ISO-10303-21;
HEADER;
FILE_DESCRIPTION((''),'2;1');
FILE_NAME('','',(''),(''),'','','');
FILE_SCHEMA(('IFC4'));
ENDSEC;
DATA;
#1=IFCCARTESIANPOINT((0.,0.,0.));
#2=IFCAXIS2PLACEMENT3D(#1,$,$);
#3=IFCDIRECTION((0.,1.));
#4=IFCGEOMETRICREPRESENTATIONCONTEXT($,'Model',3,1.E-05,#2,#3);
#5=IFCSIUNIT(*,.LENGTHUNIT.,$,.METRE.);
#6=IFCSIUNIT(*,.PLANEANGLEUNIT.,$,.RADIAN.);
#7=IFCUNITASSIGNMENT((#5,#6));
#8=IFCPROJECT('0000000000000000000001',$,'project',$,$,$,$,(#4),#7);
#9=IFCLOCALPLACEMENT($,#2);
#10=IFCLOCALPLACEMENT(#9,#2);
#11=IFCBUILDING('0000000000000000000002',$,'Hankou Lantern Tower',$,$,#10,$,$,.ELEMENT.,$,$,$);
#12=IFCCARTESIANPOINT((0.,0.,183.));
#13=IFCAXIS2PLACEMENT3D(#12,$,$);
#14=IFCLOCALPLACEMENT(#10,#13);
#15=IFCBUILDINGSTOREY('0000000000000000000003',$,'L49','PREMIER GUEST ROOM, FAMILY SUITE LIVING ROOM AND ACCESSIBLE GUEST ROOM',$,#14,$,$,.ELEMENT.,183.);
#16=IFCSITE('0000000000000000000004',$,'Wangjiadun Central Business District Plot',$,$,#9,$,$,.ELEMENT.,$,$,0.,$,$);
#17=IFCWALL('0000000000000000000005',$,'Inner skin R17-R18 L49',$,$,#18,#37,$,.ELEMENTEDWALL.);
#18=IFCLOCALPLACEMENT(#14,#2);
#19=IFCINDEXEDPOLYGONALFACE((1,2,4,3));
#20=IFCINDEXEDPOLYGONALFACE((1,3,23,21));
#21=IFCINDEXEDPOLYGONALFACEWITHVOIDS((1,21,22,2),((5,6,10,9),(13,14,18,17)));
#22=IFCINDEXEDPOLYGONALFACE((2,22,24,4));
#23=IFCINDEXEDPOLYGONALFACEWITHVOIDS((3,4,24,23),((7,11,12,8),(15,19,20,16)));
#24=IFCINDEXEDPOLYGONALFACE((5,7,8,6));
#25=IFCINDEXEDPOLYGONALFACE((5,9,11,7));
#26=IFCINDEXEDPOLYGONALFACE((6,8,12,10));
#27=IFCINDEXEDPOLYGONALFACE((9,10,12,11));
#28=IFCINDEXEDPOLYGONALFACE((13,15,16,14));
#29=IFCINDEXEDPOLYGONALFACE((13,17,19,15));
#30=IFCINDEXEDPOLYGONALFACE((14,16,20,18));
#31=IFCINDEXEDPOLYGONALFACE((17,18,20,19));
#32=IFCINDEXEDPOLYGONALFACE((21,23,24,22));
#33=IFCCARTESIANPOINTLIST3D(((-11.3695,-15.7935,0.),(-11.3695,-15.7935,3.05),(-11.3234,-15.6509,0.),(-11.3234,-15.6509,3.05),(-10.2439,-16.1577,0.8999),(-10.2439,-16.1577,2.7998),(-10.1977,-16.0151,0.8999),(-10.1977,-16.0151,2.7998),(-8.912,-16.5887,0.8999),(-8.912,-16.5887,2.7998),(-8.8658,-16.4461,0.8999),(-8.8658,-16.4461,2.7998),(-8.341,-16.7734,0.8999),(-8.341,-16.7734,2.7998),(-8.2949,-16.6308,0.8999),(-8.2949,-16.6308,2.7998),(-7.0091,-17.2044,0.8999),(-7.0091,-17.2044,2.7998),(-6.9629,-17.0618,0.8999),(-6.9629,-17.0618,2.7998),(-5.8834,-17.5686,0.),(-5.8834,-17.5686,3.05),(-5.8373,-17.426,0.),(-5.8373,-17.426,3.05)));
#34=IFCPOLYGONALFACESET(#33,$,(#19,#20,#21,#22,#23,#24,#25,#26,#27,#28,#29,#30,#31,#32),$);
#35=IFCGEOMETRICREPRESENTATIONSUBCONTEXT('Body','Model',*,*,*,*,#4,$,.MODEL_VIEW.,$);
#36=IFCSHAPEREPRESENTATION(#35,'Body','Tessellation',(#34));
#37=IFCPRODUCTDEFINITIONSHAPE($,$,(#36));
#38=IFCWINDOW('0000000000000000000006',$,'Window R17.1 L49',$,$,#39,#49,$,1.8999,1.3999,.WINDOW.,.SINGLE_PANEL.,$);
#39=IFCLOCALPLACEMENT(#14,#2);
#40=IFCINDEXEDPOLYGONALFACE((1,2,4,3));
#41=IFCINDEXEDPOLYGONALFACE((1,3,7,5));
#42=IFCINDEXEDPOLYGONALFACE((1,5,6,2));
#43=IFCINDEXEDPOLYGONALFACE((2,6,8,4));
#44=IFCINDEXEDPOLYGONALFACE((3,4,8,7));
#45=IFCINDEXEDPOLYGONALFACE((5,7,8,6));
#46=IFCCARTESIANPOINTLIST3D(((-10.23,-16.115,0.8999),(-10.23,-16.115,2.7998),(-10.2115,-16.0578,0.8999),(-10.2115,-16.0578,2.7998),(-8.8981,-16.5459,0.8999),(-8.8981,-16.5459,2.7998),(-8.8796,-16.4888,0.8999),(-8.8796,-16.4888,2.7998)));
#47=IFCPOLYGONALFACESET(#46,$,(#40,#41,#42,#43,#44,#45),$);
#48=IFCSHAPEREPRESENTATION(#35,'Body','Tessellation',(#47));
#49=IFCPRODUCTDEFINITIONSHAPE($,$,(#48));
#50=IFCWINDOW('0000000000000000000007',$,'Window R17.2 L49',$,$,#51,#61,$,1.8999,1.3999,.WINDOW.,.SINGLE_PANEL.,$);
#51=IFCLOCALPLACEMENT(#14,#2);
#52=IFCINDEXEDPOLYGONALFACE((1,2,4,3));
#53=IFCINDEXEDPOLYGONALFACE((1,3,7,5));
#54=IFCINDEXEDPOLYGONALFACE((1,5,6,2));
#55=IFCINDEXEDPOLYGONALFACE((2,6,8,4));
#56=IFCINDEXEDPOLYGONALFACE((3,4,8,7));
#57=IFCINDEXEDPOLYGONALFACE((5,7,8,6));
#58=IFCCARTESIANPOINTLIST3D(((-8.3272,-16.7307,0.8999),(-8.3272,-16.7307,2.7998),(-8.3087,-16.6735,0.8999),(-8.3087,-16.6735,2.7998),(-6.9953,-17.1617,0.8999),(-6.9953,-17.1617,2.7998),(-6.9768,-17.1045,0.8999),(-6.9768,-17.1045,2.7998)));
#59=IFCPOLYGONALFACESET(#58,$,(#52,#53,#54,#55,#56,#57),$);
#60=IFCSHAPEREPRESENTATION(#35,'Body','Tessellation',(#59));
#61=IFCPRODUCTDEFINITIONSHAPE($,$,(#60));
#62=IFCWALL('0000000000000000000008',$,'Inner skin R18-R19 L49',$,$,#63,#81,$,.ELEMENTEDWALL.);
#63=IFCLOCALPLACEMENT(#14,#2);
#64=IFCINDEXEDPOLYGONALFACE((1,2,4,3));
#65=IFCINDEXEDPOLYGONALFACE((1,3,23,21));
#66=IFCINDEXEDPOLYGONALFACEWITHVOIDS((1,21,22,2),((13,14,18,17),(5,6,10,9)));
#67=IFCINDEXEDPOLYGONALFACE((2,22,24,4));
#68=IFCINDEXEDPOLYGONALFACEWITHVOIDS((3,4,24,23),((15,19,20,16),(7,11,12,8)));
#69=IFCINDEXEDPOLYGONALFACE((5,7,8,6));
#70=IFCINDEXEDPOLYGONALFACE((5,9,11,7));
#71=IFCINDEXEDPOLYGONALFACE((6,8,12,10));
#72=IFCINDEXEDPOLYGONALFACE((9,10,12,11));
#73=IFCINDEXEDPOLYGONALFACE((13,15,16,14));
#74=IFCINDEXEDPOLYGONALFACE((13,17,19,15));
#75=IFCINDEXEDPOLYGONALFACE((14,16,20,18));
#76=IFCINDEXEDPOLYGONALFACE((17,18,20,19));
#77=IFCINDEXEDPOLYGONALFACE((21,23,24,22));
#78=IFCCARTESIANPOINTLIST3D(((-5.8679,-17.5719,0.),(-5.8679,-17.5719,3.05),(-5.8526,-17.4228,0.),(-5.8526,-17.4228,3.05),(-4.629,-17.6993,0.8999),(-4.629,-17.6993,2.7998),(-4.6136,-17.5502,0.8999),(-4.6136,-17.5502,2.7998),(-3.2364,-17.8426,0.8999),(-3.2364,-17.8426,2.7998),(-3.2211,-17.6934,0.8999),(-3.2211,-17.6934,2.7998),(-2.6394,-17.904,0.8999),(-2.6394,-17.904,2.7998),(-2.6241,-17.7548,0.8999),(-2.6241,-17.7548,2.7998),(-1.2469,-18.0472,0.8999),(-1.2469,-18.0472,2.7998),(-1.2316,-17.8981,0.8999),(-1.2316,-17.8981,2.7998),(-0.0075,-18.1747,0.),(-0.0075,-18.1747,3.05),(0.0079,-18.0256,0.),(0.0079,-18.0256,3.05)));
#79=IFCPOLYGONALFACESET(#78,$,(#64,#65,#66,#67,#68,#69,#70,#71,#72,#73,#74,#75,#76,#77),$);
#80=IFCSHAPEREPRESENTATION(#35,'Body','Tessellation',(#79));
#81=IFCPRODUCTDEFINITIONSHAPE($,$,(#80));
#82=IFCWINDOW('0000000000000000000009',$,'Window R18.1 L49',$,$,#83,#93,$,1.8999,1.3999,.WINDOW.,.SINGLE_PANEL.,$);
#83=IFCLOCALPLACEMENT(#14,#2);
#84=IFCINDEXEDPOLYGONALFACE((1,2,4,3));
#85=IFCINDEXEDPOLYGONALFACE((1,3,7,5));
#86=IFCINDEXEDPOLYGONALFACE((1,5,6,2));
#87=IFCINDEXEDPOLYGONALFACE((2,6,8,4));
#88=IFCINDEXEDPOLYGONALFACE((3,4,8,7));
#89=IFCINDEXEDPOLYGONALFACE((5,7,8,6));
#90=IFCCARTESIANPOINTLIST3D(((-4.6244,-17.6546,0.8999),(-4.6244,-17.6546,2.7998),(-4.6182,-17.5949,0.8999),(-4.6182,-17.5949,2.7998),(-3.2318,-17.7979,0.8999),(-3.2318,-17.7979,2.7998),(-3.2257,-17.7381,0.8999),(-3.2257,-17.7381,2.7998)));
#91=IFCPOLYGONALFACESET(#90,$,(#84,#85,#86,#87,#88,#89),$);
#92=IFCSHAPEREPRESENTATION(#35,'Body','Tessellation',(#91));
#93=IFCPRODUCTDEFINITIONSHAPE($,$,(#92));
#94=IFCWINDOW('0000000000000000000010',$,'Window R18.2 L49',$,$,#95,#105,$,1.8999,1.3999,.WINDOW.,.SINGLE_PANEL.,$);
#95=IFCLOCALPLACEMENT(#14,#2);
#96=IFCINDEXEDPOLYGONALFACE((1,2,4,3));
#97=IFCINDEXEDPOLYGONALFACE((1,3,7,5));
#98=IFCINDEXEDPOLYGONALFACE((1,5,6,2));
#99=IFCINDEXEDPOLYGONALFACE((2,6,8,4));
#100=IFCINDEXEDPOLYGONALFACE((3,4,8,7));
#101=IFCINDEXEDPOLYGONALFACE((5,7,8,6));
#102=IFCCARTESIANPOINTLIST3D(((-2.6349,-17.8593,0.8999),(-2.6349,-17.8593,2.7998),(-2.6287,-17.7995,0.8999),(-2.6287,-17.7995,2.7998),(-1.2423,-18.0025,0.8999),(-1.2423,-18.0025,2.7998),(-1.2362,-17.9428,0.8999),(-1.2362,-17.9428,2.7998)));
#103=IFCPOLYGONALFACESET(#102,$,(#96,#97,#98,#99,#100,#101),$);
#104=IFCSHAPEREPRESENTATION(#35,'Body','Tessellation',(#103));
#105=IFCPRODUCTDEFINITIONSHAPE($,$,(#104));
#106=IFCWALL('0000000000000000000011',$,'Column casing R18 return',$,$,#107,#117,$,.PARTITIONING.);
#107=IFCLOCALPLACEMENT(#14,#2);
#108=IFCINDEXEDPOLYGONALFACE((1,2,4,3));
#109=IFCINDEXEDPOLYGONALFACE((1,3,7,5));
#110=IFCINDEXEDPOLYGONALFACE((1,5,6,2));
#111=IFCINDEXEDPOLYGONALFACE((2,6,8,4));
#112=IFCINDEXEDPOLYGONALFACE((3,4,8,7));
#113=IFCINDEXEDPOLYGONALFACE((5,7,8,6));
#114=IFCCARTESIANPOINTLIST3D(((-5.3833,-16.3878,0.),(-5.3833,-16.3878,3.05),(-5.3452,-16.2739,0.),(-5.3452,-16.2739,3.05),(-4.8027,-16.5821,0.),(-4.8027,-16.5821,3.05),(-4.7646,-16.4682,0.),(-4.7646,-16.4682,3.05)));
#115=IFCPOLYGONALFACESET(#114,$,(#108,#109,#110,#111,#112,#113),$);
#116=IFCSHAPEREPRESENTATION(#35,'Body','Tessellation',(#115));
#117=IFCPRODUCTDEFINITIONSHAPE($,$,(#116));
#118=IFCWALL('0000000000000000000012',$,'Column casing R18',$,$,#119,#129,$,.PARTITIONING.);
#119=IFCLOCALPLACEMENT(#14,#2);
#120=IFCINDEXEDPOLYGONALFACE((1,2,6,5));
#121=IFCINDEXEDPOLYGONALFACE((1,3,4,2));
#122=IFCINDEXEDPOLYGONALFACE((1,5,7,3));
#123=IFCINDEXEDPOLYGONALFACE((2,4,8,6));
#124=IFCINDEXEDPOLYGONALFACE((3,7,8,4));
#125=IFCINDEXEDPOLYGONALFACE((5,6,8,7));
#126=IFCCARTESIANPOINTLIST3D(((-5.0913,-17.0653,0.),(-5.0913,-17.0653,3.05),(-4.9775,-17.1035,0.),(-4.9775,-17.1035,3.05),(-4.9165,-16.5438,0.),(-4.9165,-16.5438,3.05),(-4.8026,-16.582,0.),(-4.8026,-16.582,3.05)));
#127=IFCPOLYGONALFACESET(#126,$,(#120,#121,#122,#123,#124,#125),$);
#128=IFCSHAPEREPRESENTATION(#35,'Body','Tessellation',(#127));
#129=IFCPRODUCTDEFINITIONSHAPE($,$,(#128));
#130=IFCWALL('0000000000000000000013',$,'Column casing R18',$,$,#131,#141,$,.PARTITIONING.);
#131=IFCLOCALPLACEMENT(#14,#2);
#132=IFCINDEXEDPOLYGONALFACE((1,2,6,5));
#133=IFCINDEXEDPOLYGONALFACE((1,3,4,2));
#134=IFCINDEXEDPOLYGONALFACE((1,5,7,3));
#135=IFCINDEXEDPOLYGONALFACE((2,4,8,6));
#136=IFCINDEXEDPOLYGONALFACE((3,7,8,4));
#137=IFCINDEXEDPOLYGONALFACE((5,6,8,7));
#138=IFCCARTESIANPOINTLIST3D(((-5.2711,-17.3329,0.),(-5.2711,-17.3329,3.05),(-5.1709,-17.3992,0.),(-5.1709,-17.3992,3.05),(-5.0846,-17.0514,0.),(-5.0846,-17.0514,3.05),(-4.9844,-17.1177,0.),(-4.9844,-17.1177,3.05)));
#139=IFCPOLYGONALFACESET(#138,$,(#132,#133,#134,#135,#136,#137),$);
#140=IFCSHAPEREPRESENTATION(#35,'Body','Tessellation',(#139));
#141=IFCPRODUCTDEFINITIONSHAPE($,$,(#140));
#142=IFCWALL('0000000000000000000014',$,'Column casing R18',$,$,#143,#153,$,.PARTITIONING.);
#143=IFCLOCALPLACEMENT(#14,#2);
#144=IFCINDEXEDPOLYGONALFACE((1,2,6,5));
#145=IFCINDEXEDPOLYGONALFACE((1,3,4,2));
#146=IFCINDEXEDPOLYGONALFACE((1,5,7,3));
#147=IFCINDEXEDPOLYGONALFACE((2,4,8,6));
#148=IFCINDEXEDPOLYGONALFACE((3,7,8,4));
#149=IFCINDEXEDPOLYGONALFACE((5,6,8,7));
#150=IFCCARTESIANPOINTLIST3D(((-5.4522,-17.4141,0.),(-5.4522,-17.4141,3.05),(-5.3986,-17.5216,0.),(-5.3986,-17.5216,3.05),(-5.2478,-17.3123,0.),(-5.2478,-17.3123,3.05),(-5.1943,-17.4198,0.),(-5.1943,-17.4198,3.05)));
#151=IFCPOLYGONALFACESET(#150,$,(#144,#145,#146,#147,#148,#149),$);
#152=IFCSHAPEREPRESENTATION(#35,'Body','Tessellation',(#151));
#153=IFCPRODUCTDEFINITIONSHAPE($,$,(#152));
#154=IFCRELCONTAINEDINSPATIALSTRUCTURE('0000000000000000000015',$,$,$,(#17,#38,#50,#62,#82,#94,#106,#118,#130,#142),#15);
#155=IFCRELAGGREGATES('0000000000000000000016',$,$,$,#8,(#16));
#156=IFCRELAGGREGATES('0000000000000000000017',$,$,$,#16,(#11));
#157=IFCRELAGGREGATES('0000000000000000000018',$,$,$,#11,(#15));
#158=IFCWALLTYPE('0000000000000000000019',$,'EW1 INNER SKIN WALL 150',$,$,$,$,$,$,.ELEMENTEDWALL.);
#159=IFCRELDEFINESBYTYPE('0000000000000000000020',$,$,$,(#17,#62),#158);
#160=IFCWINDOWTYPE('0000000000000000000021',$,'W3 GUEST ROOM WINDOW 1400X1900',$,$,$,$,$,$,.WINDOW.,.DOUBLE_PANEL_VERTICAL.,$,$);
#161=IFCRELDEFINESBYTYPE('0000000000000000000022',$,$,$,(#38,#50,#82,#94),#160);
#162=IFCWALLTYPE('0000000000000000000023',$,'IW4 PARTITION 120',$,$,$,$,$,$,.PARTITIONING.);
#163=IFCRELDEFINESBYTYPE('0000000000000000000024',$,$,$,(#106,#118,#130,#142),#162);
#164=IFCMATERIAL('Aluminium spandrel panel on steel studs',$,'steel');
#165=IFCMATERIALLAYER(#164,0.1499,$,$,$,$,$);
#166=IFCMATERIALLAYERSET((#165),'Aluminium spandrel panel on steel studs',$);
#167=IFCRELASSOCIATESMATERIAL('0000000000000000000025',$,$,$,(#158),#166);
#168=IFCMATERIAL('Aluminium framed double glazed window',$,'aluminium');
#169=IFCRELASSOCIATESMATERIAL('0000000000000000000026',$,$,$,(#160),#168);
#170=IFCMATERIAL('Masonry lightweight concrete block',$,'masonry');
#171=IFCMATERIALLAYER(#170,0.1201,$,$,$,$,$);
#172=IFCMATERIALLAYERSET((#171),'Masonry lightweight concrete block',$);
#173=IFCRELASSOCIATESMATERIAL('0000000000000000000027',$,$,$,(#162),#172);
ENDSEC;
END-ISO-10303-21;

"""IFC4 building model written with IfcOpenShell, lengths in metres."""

from ifc_helpers import new_model, si_unit, direction, frame, frame_2d, origin, place, context, subcontext, project, spatial, rectangle, extrude, material, layer, layer_set, type_object, element, fill, save


model = new_model("IFC4")

# Units and contexts
model_context = context("Model", 3, precision=1e-05, world=origin(), true_north=direction((0.0, 1.0)))
body_context = subcontext(model_context, "Body", "Model", "MODEL_VIEW")
ifc_project = project(units=[si_unit("LENGTHUNIT", "METRE"), si_unit("PLANEANGLEUNIT", "RADIAN")], contexts=[model_context])

# Site, building, storey
site_placement = place(None, origin())
site = spatial("IfcSite", under=ifc_project, at=site_placement, Name="Wangjiadun Central Business District Plot", CompositionType="ELEMENT", RefElevation=0.0)
building_placement = place(site_placement, origin())
building = spatial("IfcBuilding", under=site, at=building_placement, Name="Hankou Lantern Tower", CompositionType="ELEMENT")
storey_placement = place(building_placement, frame((0.0, 0.0, 183.0)))
storey = spatial("IfcBuildingStorey", under=building, at=storey_placement, Name="L49", Description="PREMIER GUEST ROOM, FAMILY SUITE LIVING ROOM AND ACCESSIBLE GUEST ROOM", CompositionType="ELEMENT", Elevation=183.0)

# Walls, openings, windows
ifc_material_1 = material(Name="Aluminium spandrel panel on steel studs", Category="steel")
ifc_layer_1 = layer(ifc_material_1, 0.1499)
ifc_layer_set_1 = layer_set([ifc_layer_1], Name="Aluminium spandrel panel on steel studs")
wall_type_1 = type_object("IfcWallType", Name="EW1 INNER SKIN WALL 150", PredefinedType="ELEMENTEDWALL", material=ifc_layer_set_1)
wall_1_placement = place(storey_placement, frame((-11.3464, -15.7222, 0.0), z_axis=(0.0, 0.0, 1.0), x_axis=(0.951432, -0.307857, 0.0)))
wall_1 = element("IfcWall", 1, at=wall_1_placement, inside=storey, type_object=wall_type_1, Name="Inner skin R17-R18 L49", PredefinedType="ELEMENTEDWALL", context=body_context, shape_type="SweptSolid", body=[
    extrude(rectangle(XDim=5.7661, YDim=0.1499, at=frame_2d((2.8831, 0.0))), origin(), (0.0, 0.0, 1.0), 3.05),
])
opening_1_placement = place(wall_1_placement, frame((1.1831, 0.0, 0.8999)))
opening_1 = element("IfcOpeningElement", 2, at=opening_1_placement, cuts=wall_1, PredefinedType="OPENING", context=body_context, shape_type="SweptSolid", body=[
    extrude(rectangle(XDim=1.3999, YDim=1.8999, at=frame_2d((0.7, 0.95))), frame((0.0, 0.085, 0.0), z_axis=(0.0, -1.0, 0.0), x_axis=(1.0, 0.0, 0.0)), (0.0, 0.0, 1.0), 0.1699),
])
opening_2_placement = place(wall_1_placement, frame((3.1831, 0.0, 0.8999)))
opening_2 = element("IfcOpeningElement", 3, at=opening_2_placement, cuts=wall_1, PredefinedType="OPENING", context=body_context, shape_type="SweptSolid", body=[
    extrude(rectangle(XDim=1.3999, YDim=1.8999, at=frame_2d((0.7, 0.95))), frame((0.0, 0.085, 0.0), z_axis=(0.0, -1.0, 0.0), x_axis=(1.0, 0.0, 0.0)), (0.0, 0.0, 1.0), 0.1699),
])
ifc_material_2 = material(Name="Aluminium framed double glazed window", Category="aluminium")
window_type = type_object("IfcWindowType", Name="W3 GUEST ROOM WINDOW 1400X1900", PartitioningType="DOUBLE_PANEL_VERTICAL", PredefinedType="WINDOW", material=ifc_material_2)
window_1_placement = place(opening_1_placement, origin())
window_1 = element("IfcWindow", 4, at=window_1_placement, inside=storey, type_object=window_type, Name="Window R17.1 L49", OverallHeight=1.8999, OverallWidth=1.3999, PartitioningType="SINGLE_PANEL", PredefinedType="WINDOW", context=body_context, shape_type="SweptSolid", body=[
    extrude(rectangle(XDim=1.3999, YDim=1.8999, at=frame_2d((0.7, 0.95))), frame((0.0, 0.03, 0.0), z_axis=(0.0, -1.0, 0.0), x_axis=(1.0, 0.0, 0.0)), (0.0, 0.0, 1.0), 0.0601),
])
fill(opening_1, window_1)
window_2_placement = place(opening_2_placement, origin())
window_2 = element("IfcWindow", 5, at=window_2_placement, inside=storey, type_object=window_type, Name="Window R17.2 L49", OverallHeight=1.8999, OverallWidth=1.3999, PartitioningType="SINGLE_PANEL", PredefinedType="WINDOW", context=body_context, shape_type="SweptSolid", body=[
    extrude(rectangle(XDim=1.3999, YDim=1.8999, at=frame_2d((0.7, 0.95))), frame((0.0, 0.03, 0.0), z_axis=(0.0, -1.0, 0.0), x_axis=(1.0, 0.0, 0.0)), (0.0, 0.0, 1.0), 0.0601),
])
fill(opening_2, window_2)
wall_2_placement = place(storey_placement, frame((-5.8604, -17.4973, 0.0), z_axis=(0.0, 0.0, 1.0), x_axis=(0.994752, -0.102318, 0.0)))
wall_2 = element("IfcWall", 6, at=wall_2_placement, inside=storey, type_object=wall_type_1, Name="Inner skin R18-R19 L49", PredefinedType="ELEMENTEDWALL", context=body_context, shape_type="SweptSolid", body=[
    extrude(rectangle(XDim=5.8914, YDim=0.1499, at=frame_2d((2.9458, 0.0))), origin(), (0.0, 0.0, 1.0), 3.05),
])
opening_3_placement = place(wall_2_placement, frame((1.2456, 0.0, 0.8999)))
opening_3 = element("IfcOpeningElement", 7, at=opening_3_placement, cuts=wall_2, PredefinedType="OPENING", context=body_context, shape_type="SweptSolid", body=[
    extrude(rectangle(XDim=1.3999, YDim=1.8999, at=frame_2d((0.7, 0.95))), frame((0.0, 0.085, 0.0), z_axis=(0.0, -1.0, 0.0), x_axis=(1.0, 0.0, 0.0)), (0.0, 0.0, 1.0), 0.1699),
])
opening_4_placement = place(wall_2_placement, frame((3.2456, 0.0, 0.8999)))
opening_4 = element("IfcOpeningElement", 8, at=opening_4_placement, cuts=wall_2, PredefinedType="OPENING", context=body_context, shape_type="SweptSolid", body=[
    extrude(rectangle(XDim=1.3999, YDim=1.8999, at=frame_2d((0.7, 0.95))), frame((0.0, 0.085, 0.0), z_axis=(0.0, -1.0, 0.0), x_axis=(1.0, 0.0, 0.0)), (0.0, 0.0, 1.0), 0.1699),
])
window_3_placement = place(opening_3_placement, origin())
window_3 = element("IfcWindow", 9, at=window_3_placement, inside=storey, type_object=window_type, Name="Window R18.1 L49", OverallHeight=1.8999, OverallWidth=1.3999, PartitioningType="SINGLE_PANEL", PredefinedType="WINDOW", context=body_context, shape_type="SweptSolid", body=[
    extrude(rectangle(XDim=1.3999, YDim=1.8999, at=frame_2d((0.7, 0.95))), frame((0.0, 0.03, 0.0), z_axis=(0.0, -1.0, 0.0), x_axis=(1.0, 0.0, 0.0)), (0.0, 0.0, 1.0), 0.0601),
])
fill(opening_3, window_3)
window_4_placement = place(opening_4_placement, origin())
window_4 = element("IfcWindow", 10, at=window_4_placement, inside=storey, type_object=window_type, Name="Window R18.2 L49", OverallHeight=1.8999, OverallWidth=1.3999, PartitioningType="SINGLE_PANEL", PredefinedType="WINDOW", context=body_context, shape_type="SweptSolid", body=[
    extrude(rectangle(XDim=1.3999, YDim=1.8999, at=frame_2d((0.7, 0.95))), frame((0.0, 0.03, 0.0), z_axis=(0.0, -1.0, 0.0), x_axis=(1.0, 0.0, 0.0)), (0.0, 0.0, 1.0), 0.0601),
])
fill(opening_4, window_4)

# Walls
ifc_material_3 = material(Name="Masonry lightweight concrete block", Category="masonry")
ifc_layer_2 = layer(ifc_material_3, 0.1201)
ifc_layer_set_2 = layer_set([ifc_layer_2], Name="Masonry lightweight concrete block")
wall_type_2 = type_object("IfcWallType", Name="IW4 PARTITION 120", PredefinedType="PARTITIONING", material=ifc_layer_set_2)
wall_3_placement = place(storey_placement, frame((-5.3643, -16.3308, 0.0), z_axis=(0.0, 0.0, 1.0), x_axis=(0.948284, -0.317424, 0.0)))
element("IfcWall", 11, at=wall_3_placement, inside=storey, type_object=wall_type_2, Name="Column casing R18 return", PredefinedType="PARTITIONING", context=body_context, shape_type="SweptSolid", body=[
    extrude(rectangle(XDim=0.6123, YDim=0.1201, at=frame_2d((0.3062, 0.0))), origin(), (0.0, 0.0, 1.0), 3.05),
])
wall_4_placement = place(storey_placement, frame((-4.8596, -16.563, 0.0), z_axis=(0.0, 0.0, 1.0), x_axis=(-0.317825, -0.948149, 0.0)))
element("IfcWall", 12, at=wall_4_placement, inside=storey, type_object=wall_type_2, Name="Column casing R18", PredefinedType="PARTITIONING", context=body_context, shape_type="SweptSolid", body=[
    extrude(rectangle(XDim=0.55, YDim=0.1201, at=frame_2d((0.2749, 0.0))), origin(), (0.0, 0.0, 1.0), 3.05),
])
wall_5_placement = place(storey_placement, frame((-5.0344, -17.0845, 0.0), z_axis=(0.0, 0.0, 1.0), x_axis=(-0.552362, -0.833604, 0.0)))
element("IfcWall", 13, at=wall_5_placement, inside=storey, type_object=wall_type_2, Name="Column casing R18", PredefinedType="PARTITIONING", context=body_context, shape_type="SweptSolid", body=[
    extrude(rectangle(XDim=0.3376, YDim=0.1201, at=frame_2d((0.1689, 0.0))), origin(), (0.0, 0.0, 1.0), 3.05),
])
wall_6_placement = place(storey_placement, frame((-5.2209, -17.366, 0.0), z_axis=(0.0, 0.0, 1.0), x_axis=(-0.895068, -0.44593, 0.0)))
element("IfcWall", 14, at=wall_6_placement, inside=storey, type_object=wall_type_2, Name="Column casing R18", PredefinedType="PARTITIONING", context=body_context, shape_type="SweptSolid", body=[
    extrude(rectangle(XDim=0.2283, YDim=0.1201, at=frame_2d((0.1143, 0.0))), origin(), (0.0, 0.0, 1.0), 3.05),
])

save(model, "model.ifc")
